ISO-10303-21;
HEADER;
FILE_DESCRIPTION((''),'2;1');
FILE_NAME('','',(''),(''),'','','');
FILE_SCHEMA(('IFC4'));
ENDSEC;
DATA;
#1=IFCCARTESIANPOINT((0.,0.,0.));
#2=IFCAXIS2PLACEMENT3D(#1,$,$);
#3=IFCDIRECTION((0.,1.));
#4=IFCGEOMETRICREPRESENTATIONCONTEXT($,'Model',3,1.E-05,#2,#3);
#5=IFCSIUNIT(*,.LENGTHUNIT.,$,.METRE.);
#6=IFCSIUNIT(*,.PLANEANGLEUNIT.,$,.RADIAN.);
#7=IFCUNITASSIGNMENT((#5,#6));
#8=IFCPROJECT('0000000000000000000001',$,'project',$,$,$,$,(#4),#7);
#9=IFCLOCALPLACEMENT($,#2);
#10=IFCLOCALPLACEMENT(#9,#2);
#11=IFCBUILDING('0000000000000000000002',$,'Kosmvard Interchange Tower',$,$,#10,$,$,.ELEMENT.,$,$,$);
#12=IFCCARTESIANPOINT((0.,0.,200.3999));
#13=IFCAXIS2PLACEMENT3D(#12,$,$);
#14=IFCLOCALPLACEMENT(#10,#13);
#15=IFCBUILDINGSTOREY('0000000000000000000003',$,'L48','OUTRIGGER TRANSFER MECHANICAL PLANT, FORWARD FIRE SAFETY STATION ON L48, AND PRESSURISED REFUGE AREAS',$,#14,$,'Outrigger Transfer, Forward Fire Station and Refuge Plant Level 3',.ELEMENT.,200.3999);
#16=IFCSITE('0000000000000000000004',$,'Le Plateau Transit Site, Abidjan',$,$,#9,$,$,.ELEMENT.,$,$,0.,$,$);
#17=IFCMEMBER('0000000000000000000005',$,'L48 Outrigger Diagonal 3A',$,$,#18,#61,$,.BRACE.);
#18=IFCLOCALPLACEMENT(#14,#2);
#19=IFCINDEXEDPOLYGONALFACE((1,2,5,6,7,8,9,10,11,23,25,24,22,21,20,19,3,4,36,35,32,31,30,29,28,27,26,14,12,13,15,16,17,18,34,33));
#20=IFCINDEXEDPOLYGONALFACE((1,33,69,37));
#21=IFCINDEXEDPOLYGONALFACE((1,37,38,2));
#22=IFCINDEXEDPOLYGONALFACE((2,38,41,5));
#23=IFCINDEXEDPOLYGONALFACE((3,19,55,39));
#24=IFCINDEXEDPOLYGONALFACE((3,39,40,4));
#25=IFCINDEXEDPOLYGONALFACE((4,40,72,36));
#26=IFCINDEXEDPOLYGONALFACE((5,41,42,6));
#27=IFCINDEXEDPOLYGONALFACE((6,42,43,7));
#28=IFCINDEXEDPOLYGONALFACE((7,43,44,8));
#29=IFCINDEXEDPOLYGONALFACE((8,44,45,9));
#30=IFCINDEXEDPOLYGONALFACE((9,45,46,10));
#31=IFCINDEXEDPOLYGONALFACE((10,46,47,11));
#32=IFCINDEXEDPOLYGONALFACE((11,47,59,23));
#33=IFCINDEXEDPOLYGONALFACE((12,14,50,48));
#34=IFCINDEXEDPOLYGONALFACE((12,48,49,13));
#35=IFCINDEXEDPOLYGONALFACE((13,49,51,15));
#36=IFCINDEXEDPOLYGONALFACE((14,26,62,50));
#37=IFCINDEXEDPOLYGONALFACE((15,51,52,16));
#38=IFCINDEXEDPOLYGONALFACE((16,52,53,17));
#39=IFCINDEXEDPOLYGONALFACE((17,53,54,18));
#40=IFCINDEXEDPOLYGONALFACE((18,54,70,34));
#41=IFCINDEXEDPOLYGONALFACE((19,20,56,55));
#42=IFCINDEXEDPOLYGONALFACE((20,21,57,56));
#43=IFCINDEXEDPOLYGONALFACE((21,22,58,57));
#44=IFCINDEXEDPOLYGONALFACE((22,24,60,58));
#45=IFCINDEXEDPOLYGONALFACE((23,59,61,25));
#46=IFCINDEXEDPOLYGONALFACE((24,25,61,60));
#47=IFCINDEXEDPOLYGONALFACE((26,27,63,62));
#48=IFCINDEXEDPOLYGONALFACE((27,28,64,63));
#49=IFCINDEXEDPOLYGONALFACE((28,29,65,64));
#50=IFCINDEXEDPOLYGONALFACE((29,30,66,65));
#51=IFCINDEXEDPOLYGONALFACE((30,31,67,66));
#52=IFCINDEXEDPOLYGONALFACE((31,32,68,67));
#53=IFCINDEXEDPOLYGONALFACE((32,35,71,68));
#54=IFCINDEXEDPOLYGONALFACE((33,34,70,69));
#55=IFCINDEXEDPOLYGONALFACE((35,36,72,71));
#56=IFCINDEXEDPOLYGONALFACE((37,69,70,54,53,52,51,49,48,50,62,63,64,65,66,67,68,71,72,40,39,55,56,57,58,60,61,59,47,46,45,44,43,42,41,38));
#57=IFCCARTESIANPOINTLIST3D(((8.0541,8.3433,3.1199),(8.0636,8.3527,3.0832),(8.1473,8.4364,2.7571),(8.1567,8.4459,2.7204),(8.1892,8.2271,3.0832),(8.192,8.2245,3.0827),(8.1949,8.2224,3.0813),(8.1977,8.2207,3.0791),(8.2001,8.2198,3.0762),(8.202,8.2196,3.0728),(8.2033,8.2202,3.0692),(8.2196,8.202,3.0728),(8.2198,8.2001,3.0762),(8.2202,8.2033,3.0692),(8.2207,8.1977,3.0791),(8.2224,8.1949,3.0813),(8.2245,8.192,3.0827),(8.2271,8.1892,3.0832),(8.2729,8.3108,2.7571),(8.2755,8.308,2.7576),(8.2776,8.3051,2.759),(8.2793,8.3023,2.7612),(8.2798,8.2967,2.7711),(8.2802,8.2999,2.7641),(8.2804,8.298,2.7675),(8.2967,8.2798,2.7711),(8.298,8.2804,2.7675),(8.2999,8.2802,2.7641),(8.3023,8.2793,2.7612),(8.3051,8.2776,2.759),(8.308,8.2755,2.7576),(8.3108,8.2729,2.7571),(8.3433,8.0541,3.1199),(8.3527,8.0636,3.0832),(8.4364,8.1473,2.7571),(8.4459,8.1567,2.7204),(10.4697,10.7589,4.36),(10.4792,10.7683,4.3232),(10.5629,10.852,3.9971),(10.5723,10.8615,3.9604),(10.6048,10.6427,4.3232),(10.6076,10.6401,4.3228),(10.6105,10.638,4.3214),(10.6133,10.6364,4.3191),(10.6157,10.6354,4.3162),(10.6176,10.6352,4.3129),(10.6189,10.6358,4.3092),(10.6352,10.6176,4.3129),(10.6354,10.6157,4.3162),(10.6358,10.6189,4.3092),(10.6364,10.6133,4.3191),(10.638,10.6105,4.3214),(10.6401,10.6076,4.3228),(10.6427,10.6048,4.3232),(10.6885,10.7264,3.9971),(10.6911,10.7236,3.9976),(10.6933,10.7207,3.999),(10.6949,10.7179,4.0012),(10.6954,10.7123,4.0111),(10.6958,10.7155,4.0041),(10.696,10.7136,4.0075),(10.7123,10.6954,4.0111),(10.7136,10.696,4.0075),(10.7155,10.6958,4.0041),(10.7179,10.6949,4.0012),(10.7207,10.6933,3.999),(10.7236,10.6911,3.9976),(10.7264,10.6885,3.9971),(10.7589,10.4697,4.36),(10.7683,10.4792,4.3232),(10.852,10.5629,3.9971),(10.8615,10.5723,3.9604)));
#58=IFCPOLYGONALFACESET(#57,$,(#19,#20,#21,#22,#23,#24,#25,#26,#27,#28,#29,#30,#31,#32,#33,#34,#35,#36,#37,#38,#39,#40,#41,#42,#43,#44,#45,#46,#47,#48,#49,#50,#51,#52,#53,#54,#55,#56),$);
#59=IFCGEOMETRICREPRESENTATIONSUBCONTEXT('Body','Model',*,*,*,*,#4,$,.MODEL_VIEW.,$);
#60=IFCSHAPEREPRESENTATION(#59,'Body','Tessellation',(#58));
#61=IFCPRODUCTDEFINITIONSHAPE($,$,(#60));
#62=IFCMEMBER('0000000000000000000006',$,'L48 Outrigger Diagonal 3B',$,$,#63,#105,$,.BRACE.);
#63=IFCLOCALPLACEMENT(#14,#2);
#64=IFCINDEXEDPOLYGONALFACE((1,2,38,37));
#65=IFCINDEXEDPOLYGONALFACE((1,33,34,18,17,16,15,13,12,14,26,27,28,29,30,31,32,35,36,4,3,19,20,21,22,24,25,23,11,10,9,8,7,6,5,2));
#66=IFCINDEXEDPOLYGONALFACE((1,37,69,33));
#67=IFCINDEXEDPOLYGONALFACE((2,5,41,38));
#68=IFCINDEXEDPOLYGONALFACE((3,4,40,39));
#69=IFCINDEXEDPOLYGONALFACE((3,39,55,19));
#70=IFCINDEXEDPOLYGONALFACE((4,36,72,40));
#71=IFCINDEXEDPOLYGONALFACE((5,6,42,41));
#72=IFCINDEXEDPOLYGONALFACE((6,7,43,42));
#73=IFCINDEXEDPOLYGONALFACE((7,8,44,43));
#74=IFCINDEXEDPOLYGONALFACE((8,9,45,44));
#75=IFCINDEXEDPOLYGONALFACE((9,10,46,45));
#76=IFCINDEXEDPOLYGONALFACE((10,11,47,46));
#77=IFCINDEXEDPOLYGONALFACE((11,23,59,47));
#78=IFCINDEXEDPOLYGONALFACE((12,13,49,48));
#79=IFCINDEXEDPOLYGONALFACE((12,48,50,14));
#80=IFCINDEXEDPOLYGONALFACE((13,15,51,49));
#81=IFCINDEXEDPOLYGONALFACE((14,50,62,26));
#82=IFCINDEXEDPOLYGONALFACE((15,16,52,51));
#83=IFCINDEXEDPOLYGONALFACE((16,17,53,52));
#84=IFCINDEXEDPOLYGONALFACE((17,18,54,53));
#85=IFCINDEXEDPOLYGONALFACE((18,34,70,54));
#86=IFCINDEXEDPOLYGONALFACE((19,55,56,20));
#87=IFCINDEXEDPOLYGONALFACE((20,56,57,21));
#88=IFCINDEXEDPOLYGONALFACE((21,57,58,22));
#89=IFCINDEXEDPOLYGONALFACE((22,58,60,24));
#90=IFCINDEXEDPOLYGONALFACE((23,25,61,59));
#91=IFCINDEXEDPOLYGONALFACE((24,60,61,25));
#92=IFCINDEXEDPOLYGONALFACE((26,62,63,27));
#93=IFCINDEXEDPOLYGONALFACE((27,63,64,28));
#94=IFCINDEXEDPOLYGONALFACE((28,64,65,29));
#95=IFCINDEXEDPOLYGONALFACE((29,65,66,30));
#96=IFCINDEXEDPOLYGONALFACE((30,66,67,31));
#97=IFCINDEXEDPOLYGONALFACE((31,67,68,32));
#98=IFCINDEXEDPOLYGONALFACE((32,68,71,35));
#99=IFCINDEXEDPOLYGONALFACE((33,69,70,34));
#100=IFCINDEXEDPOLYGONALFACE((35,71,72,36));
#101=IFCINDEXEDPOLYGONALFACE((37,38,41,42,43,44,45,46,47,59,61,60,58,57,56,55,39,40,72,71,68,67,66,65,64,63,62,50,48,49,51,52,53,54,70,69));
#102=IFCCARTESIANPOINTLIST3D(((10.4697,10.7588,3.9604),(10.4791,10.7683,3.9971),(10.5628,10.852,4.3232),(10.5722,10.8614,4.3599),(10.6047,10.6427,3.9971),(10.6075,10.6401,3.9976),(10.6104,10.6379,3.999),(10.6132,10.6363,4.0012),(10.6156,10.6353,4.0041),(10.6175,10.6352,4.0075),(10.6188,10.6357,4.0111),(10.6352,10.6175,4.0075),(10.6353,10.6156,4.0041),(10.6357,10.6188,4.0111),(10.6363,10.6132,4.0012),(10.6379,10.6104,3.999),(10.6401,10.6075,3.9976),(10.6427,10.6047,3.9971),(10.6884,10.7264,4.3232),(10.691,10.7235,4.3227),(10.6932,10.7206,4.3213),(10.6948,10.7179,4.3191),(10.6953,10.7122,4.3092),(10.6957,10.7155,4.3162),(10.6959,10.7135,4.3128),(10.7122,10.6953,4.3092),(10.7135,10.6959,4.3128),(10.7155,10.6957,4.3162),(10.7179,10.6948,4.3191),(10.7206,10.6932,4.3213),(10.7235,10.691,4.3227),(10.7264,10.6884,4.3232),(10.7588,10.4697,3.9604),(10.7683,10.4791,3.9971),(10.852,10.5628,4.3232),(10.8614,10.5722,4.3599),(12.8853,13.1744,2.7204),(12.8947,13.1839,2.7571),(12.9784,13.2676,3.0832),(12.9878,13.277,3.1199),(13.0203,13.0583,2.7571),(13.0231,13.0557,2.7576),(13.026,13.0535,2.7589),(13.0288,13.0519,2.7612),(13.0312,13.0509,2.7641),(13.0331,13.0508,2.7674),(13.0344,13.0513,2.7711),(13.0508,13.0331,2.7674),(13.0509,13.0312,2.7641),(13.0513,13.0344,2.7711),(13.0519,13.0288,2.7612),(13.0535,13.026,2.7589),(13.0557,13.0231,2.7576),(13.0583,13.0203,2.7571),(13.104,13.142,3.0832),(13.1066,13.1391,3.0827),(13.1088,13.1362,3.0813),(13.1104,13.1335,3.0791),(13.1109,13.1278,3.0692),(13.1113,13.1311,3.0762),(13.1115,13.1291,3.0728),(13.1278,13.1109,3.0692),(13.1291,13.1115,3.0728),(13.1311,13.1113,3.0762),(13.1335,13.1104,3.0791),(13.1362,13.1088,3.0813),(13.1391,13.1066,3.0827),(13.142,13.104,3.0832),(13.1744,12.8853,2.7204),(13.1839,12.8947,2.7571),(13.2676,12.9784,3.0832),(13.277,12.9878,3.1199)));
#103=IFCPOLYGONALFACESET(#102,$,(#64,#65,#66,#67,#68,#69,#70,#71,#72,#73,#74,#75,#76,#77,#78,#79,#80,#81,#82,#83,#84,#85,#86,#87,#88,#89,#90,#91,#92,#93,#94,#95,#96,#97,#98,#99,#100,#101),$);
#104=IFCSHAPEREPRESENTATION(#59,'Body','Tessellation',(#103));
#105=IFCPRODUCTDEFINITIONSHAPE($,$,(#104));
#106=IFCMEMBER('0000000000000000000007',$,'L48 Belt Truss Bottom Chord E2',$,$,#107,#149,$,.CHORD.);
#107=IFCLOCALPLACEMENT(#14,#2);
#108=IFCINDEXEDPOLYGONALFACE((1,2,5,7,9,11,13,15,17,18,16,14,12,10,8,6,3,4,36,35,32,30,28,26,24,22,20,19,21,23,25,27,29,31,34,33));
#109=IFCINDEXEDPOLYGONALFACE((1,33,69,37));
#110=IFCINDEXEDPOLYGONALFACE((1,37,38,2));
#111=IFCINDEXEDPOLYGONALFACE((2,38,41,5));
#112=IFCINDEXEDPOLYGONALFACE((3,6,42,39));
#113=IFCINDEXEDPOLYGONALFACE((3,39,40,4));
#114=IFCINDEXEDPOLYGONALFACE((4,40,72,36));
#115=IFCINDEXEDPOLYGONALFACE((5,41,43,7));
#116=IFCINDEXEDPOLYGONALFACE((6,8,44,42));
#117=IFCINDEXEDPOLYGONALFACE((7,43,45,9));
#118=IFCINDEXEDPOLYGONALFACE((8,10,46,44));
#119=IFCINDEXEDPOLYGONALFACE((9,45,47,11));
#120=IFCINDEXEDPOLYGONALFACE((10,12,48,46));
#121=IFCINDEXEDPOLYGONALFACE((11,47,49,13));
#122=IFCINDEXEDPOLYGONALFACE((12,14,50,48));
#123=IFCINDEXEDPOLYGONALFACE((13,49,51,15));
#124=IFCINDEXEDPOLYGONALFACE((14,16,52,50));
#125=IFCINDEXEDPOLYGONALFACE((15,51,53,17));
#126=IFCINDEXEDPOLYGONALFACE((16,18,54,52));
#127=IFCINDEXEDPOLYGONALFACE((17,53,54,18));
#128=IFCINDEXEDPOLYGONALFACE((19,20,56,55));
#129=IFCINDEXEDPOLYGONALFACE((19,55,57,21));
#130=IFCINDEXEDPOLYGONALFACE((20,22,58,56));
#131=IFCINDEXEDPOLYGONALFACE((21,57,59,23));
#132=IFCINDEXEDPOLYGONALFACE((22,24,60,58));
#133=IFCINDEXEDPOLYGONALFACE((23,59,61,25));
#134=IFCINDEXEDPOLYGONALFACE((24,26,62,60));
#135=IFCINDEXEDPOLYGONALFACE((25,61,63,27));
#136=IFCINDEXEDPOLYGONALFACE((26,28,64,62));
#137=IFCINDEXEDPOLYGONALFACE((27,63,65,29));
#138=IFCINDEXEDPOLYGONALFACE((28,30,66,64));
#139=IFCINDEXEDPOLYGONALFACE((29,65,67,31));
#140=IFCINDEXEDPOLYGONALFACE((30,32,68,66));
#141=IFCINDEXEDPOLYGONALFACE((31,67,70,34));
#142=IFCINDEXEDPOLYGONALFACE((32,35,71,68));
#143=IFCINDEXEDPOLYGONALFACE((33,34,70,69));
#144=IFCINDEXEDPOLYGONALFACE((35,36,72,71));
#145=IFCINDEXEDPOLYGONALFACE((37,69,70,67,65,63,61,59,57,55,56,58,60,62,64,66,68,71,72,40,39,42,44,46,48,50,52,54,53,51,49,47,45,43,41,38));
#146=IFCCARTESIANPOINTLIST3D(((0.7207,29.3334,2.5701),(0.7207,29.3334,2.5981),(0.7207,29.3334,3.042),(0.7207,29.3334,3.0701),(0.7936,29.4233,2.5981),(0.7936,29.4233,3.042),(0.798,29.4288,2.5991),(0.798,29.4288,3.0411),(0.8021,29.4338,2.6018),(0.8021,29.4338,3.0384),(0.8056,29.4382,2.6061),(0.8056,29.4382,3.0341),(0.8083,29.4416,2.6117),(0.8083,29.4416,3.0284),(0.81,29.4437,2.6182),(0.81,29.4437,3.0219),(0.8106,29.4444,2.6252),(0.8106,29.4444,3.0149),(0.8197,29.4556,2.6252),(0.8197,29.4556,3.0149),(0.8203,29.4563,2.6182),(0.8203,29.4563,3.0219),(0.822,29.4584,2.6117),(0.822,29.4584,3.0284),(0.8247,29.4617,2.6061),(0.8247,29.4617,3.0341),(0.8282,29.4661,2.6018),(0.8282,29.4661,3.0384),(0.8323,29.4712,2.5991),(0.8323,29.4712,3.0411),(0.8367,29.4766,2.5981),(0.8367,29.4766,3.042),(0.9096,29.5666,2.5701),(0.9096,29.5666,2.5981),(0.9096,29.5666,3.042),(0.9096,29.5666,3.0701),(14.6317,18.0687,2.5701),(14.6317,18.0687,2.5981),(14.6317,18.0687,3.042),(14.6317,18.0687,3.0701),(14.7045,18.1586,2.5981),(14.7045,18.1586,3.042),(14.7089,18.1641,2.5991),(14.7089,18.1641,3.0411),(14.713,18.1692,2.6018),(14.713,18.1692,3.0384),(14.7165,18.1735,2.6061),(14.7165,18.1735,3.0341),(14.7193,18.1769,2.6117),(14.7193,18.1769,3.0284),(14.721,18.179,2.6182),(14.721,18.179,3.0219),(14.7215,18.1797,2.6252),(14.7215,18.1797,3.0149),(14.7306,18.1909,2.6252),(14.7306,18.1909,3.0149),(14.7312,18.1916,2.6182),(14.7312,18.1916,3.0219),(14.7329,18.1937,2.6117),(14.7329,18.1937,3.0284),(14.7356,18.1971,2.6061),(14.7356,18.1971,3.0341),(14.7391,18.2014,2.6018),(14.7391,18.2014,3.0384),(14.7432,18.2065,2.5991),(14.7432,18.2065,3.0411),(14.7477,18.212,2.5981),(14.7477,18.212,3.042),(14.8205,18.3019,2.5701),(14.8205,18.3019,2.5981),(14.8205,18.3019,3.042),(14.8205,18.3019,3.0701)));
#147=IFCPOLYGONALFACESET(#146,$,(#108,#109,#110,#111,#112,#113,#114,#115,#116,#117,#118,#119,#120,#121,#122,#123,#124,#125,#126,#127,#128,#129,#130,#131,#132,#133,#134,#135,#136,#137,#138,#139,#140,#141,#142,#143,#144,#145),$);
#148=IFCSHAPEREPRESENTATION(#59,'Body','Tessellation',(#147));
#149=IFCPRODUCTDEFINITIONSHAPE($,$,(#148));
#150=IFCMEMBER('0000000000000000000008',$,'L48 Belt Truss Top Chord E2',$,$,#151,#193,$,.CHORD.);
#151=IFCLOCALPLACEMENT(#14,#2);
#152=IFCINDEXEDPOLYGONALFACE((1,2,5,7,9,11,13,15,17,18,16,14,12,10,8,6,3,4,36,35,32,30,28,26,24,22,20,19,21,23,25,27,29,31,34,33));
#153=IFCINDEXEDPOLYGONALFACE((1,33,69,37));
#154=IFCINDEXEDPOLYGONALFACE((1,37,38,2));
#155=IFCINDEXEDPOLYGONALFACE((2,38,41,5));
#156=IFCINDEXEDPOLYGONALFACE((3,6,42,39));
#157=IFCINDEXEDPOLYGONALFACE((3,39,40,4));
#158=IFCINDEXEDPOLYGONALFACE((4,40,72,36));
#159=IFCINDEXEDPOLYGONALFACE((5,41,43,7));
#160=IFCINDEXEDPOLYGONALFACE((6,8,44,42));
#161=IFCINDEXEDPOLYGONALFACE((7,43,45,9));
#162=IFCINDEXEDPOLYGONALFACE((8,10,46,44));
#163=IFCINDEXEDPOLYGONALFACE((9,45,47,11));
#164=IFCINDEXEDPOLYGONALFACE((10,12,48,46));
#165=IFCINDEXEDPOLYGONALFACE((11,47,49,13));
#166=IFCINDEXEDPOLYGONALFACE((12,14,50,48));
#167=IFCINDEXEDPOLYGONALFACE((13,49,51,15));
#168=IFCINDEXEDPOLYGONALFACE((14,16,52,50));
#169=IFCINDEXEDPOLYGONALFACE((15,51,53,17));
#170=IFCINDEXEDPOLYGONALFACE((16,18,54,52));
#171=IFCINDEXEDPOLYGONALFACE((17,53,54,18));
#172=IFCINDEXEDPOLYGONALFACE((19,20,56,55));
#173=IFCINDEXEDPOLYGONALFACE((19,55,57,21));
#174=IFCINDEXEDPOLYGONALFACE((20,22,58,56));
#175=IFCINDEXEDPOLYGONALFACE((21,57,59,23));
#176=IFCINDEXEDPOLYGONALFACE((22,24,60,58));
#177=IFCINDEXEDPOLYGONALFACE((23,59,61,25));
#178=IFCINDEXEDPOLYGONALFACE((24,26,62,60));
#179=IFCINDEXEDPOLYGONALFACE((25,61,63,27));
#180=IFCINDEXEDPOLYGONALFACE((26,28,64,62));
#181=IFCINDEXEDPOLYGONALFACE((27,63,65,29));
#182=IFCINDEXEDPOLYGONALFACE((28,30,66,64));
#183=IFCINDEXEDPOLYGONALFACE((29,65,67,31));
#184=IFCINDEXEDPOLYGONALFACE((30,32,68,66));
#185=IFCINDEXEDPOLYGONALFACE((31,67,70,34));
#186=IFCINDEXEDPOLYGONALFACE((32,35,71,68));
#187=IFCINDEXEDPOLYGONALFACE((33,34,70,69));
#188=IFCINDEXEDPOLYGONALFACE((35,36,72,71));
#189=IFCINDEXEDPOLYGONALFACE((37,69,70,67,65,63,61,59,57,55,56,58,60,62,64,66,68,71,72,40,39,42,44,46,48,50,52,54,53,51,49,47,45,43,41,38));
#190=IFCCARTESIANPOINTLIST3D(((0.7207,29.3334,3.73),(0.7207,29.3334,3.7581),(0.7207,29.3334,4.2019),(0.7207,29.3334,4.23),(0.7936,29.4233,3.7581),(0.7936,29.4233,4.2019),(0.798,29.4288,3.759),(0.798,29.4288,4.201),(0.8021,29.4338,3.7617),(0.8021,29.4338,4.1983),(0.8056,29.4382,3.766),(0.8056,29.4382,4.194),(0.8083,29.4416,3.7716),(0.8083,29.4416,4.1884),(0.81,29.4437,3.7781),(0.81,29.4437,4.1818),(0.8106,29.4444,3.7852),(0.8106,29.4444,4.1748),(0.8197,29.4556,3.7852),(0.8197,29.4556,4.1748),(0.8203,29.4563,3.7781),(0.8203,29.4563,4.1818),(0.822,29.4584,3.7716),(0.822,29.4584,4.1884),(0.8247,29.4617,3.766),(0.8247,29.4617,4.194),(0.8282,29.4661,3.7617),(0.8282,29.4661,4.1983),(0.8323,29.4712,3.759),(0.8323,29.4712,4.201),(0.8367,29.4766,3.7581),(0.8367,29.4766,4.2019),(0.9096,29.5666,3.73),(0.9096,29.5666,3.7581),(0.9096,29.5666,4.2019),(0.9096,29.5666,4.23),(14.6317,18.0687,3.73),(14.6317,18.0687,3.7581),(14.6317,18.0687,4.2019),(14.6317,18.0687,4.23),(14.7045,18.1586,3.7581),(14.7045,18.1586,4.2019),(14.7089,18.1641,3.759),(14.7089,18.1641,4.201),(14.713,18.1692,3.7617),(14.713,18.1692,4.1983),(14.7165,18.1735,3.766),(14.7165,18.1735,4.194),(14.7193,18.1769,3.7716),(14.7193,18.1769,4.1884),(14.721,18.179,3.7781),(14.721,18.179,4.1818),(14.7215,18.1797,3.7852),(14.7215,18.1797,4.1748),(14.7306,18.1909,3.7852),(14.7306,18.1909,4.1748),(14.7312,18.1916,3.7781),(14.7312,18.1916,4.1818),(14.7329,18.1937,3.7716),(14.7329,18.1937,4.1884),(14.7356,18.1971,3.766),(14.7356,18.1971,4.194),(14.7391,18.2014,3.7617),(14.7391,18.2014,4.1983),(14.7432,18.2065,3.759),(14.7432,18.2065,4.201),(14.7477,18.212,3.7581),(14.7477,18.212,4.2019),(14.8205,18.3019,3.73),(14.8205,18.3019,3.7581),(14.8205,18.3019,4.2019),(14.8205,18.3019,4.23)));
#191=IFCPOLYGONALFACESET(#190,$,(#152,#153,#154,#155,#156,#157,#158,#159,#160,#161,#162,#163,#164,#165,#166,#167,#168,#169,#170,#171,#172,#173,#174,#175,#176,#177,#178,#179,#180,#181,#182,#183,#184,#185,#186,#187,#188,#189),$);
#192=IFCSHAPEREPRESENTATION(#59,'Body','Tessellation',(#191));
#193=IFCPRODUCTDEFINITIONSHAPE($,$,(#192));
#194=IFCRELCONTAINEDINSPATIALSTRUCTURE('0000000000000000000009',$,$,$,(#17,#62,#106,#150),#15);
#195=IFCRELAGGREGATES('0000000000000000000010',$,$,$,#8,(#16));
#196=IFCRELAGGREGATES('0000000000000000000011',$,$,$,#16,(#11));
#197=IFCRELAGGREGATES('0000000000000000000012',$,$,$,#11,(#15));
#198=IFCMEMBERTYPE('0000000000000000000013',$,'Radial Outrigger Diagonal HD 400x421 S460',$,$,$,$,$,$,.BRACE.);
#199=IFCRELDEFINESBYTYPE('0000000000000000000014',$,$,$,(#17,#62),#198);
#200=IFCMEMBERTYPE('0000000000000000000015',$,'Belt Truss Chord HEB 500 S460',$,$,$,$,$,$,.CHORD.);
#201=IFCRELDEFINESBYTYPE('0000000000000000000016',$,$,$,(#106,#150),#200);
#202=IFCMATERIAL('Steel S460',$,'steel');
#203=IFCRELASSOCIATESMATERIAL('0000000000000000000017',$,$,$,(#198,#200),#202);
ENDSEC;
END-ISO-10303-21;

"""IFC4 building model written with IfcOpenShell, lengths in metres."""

from ifc_helpers import new_model, si_unit, direction, frame, origin, origin_2d, place, context, subcontext, project, spatial, i_section, extrude, source, transform, mapped, material, material_profile, profile_set, type_object, element, save


model = new_model("IFC4")

# Units and contexts
model_context = context("Model", 3, precision=1e-05, world=origin(), true_north=direction((0.0, 1.0)))
body_context = subcontext(model_context, "Body", "Model", "MODEL_VIEW")
ifc_project = project(units=[si_unit("LENGTHUNIT", "METRE"), si_unit("PLANEANGLEUNIT", "RADIAN")], contexts=[model_context])

# Site, building, storey
site_placement = place(None, origin())
site = spatial("IfcSite", under=ifc_project, at=site_placement, Name="Le Plateau Transit Site, Abidjan", CompositionType="ELEMENT", RefElevation=0.0)
building_placement = place(site_placement, origin())
building = spatial("IfcBuilding", under=site, at=building_placement, Name="Kosmvard Interchange Tower", CompositionType="ELEMENT")
storey_placement = place(building_placement, frame((0.0, 0.0, 200.3999)))
storey = spatial("IfcBuildingStorey", under=building, at=storey_placement, Name="L48", Description="OUTRIGGER TRANSFER MECHANICAL PLANT, FORWARD FIRE SAFETY STATION ON L48, AND PRESSURISED REFUGE AREAS", LongName="Outrigger Transfer, Forward Fire Station and Refuge Plant Level 3", CompositionType="ELEMENT", Elevation=200.3999)

# Shared definitions
ifc_material_1 = material(Name="Steel S460", Category="steel")

# Members
ifc_material_profile_1 = material_profile(ifc_material_1, i_section(OverallWidth=0.4089, OverallDepth=0.425, WebThickness=0.0239, FlangeThickness=0.0391, FilletRadius=0.0149, at=origin_2d()), Name="HD 400x421")
ifc_profile_set_1 = profile_set([ifc_material_profile_1], Name="Steel S460")
member_type_1 = type_object("IfcMemberType", Name="Radial Outrigger Diagonal HD 400x421 S460", PredefinedType="BRACE", material=ifc_profile_set_1)
shared_shape_1 = source(origin(), body_context, "Body", "SweptSolid", [
    extrude(i_section(OverallWidth=0.4089, OverallDepth=0.425, WebThickness=0.0239, FlangeThickness=0.0391, FilletRadius=0.0149, at=origin_2d()), origin(), (0.0, 0.0, 1.0), 3.6343),
])
for number, where, z_axis, x_axis, name in (
    (1, (8.25, 8.25, 2.9202), (0.664673, 0.664673, 0.341204), (-0.707107, 0.707107, 0.0), "L48 Outrigger Diagonal 3A"),
    (2, (10.6655, 10.6655, 4.1602), (0.664673, 0.664673, -0.341204), (-0.707107, 0.707107, 0.0), "L48 Outrigger Diagonal 3B"),
):
    element("IfcMember", number, at=place(storey_placement, frame(where, z_axis=z_axis, x_axis=x_axis)), inside=storey, type_object=member_type_1, Name=name, PredefinedType="BRACE", context=body_context, shape_type="MappedRepresentation", body=[
        mapped(shared_shape_1, transform((0.0, 0.0, 0.0), scale=1.0)),
    ])
ifc_material_profile_2 = material_profile(ifc_material_1, i_section(OverallWidth=0.3, OverallDepth=0.5, WebThickness=0.0144, FlangeThickness=0.0281, FilletRadius=0.0271, at=origin_2d()), Name="HEB 500")
ifc_profile_set_2 = profile_set([ifc_material_profile_2], Name="Steel S460")
member_type_2 = type_object("IfcMemberType", Name="Belt Truss Chord HEB 500 S460", PredefinedType="CHORD", material=ifc_profile_set_2)
shared_shape_2 = source(origin(), body_context, "Body", "SweptSolid", [
    extrude(i_section(OverallWidth=0.3, OverallDepth=0.5, WebThickness=0.0144, FlangeThickness=0.0281, FilletRadius=0.0271, at=origin_2d()), origin(), (0.0, 0.0, 1.0), 17.8999),
])
for number, where, z_axis, x_axis, name in (
    (3, (14.7261, 18.1853, 2.8201), (-0.777151, 0.629315, 0.0), (-0.629315, -0.777151, 0.0), "L48 Belt Truss Bottom Chord E2"),
    (4, (14.7261, 18.1853, 3.98), (-0.777151, 0.629315, 0.0), (-0.629315, -0.777151, 0.0), "L48 Belt Truss Top Chord E2"),
):
    element("IfcMember", number, at=place(storey_placement, frame(where, z_axis=z_axis, x_axis=x_axis)), inside=storey, type_object=member_type_2, Name=name, PredefinedType="CHORD", context=body_context, shape_type="MappedRepresentation", body=[
        mapped(shared_shape_2, transform((0.0, 0.0, 0.0), scale=1.0)),
    ])

save(model, "model.ifc")
